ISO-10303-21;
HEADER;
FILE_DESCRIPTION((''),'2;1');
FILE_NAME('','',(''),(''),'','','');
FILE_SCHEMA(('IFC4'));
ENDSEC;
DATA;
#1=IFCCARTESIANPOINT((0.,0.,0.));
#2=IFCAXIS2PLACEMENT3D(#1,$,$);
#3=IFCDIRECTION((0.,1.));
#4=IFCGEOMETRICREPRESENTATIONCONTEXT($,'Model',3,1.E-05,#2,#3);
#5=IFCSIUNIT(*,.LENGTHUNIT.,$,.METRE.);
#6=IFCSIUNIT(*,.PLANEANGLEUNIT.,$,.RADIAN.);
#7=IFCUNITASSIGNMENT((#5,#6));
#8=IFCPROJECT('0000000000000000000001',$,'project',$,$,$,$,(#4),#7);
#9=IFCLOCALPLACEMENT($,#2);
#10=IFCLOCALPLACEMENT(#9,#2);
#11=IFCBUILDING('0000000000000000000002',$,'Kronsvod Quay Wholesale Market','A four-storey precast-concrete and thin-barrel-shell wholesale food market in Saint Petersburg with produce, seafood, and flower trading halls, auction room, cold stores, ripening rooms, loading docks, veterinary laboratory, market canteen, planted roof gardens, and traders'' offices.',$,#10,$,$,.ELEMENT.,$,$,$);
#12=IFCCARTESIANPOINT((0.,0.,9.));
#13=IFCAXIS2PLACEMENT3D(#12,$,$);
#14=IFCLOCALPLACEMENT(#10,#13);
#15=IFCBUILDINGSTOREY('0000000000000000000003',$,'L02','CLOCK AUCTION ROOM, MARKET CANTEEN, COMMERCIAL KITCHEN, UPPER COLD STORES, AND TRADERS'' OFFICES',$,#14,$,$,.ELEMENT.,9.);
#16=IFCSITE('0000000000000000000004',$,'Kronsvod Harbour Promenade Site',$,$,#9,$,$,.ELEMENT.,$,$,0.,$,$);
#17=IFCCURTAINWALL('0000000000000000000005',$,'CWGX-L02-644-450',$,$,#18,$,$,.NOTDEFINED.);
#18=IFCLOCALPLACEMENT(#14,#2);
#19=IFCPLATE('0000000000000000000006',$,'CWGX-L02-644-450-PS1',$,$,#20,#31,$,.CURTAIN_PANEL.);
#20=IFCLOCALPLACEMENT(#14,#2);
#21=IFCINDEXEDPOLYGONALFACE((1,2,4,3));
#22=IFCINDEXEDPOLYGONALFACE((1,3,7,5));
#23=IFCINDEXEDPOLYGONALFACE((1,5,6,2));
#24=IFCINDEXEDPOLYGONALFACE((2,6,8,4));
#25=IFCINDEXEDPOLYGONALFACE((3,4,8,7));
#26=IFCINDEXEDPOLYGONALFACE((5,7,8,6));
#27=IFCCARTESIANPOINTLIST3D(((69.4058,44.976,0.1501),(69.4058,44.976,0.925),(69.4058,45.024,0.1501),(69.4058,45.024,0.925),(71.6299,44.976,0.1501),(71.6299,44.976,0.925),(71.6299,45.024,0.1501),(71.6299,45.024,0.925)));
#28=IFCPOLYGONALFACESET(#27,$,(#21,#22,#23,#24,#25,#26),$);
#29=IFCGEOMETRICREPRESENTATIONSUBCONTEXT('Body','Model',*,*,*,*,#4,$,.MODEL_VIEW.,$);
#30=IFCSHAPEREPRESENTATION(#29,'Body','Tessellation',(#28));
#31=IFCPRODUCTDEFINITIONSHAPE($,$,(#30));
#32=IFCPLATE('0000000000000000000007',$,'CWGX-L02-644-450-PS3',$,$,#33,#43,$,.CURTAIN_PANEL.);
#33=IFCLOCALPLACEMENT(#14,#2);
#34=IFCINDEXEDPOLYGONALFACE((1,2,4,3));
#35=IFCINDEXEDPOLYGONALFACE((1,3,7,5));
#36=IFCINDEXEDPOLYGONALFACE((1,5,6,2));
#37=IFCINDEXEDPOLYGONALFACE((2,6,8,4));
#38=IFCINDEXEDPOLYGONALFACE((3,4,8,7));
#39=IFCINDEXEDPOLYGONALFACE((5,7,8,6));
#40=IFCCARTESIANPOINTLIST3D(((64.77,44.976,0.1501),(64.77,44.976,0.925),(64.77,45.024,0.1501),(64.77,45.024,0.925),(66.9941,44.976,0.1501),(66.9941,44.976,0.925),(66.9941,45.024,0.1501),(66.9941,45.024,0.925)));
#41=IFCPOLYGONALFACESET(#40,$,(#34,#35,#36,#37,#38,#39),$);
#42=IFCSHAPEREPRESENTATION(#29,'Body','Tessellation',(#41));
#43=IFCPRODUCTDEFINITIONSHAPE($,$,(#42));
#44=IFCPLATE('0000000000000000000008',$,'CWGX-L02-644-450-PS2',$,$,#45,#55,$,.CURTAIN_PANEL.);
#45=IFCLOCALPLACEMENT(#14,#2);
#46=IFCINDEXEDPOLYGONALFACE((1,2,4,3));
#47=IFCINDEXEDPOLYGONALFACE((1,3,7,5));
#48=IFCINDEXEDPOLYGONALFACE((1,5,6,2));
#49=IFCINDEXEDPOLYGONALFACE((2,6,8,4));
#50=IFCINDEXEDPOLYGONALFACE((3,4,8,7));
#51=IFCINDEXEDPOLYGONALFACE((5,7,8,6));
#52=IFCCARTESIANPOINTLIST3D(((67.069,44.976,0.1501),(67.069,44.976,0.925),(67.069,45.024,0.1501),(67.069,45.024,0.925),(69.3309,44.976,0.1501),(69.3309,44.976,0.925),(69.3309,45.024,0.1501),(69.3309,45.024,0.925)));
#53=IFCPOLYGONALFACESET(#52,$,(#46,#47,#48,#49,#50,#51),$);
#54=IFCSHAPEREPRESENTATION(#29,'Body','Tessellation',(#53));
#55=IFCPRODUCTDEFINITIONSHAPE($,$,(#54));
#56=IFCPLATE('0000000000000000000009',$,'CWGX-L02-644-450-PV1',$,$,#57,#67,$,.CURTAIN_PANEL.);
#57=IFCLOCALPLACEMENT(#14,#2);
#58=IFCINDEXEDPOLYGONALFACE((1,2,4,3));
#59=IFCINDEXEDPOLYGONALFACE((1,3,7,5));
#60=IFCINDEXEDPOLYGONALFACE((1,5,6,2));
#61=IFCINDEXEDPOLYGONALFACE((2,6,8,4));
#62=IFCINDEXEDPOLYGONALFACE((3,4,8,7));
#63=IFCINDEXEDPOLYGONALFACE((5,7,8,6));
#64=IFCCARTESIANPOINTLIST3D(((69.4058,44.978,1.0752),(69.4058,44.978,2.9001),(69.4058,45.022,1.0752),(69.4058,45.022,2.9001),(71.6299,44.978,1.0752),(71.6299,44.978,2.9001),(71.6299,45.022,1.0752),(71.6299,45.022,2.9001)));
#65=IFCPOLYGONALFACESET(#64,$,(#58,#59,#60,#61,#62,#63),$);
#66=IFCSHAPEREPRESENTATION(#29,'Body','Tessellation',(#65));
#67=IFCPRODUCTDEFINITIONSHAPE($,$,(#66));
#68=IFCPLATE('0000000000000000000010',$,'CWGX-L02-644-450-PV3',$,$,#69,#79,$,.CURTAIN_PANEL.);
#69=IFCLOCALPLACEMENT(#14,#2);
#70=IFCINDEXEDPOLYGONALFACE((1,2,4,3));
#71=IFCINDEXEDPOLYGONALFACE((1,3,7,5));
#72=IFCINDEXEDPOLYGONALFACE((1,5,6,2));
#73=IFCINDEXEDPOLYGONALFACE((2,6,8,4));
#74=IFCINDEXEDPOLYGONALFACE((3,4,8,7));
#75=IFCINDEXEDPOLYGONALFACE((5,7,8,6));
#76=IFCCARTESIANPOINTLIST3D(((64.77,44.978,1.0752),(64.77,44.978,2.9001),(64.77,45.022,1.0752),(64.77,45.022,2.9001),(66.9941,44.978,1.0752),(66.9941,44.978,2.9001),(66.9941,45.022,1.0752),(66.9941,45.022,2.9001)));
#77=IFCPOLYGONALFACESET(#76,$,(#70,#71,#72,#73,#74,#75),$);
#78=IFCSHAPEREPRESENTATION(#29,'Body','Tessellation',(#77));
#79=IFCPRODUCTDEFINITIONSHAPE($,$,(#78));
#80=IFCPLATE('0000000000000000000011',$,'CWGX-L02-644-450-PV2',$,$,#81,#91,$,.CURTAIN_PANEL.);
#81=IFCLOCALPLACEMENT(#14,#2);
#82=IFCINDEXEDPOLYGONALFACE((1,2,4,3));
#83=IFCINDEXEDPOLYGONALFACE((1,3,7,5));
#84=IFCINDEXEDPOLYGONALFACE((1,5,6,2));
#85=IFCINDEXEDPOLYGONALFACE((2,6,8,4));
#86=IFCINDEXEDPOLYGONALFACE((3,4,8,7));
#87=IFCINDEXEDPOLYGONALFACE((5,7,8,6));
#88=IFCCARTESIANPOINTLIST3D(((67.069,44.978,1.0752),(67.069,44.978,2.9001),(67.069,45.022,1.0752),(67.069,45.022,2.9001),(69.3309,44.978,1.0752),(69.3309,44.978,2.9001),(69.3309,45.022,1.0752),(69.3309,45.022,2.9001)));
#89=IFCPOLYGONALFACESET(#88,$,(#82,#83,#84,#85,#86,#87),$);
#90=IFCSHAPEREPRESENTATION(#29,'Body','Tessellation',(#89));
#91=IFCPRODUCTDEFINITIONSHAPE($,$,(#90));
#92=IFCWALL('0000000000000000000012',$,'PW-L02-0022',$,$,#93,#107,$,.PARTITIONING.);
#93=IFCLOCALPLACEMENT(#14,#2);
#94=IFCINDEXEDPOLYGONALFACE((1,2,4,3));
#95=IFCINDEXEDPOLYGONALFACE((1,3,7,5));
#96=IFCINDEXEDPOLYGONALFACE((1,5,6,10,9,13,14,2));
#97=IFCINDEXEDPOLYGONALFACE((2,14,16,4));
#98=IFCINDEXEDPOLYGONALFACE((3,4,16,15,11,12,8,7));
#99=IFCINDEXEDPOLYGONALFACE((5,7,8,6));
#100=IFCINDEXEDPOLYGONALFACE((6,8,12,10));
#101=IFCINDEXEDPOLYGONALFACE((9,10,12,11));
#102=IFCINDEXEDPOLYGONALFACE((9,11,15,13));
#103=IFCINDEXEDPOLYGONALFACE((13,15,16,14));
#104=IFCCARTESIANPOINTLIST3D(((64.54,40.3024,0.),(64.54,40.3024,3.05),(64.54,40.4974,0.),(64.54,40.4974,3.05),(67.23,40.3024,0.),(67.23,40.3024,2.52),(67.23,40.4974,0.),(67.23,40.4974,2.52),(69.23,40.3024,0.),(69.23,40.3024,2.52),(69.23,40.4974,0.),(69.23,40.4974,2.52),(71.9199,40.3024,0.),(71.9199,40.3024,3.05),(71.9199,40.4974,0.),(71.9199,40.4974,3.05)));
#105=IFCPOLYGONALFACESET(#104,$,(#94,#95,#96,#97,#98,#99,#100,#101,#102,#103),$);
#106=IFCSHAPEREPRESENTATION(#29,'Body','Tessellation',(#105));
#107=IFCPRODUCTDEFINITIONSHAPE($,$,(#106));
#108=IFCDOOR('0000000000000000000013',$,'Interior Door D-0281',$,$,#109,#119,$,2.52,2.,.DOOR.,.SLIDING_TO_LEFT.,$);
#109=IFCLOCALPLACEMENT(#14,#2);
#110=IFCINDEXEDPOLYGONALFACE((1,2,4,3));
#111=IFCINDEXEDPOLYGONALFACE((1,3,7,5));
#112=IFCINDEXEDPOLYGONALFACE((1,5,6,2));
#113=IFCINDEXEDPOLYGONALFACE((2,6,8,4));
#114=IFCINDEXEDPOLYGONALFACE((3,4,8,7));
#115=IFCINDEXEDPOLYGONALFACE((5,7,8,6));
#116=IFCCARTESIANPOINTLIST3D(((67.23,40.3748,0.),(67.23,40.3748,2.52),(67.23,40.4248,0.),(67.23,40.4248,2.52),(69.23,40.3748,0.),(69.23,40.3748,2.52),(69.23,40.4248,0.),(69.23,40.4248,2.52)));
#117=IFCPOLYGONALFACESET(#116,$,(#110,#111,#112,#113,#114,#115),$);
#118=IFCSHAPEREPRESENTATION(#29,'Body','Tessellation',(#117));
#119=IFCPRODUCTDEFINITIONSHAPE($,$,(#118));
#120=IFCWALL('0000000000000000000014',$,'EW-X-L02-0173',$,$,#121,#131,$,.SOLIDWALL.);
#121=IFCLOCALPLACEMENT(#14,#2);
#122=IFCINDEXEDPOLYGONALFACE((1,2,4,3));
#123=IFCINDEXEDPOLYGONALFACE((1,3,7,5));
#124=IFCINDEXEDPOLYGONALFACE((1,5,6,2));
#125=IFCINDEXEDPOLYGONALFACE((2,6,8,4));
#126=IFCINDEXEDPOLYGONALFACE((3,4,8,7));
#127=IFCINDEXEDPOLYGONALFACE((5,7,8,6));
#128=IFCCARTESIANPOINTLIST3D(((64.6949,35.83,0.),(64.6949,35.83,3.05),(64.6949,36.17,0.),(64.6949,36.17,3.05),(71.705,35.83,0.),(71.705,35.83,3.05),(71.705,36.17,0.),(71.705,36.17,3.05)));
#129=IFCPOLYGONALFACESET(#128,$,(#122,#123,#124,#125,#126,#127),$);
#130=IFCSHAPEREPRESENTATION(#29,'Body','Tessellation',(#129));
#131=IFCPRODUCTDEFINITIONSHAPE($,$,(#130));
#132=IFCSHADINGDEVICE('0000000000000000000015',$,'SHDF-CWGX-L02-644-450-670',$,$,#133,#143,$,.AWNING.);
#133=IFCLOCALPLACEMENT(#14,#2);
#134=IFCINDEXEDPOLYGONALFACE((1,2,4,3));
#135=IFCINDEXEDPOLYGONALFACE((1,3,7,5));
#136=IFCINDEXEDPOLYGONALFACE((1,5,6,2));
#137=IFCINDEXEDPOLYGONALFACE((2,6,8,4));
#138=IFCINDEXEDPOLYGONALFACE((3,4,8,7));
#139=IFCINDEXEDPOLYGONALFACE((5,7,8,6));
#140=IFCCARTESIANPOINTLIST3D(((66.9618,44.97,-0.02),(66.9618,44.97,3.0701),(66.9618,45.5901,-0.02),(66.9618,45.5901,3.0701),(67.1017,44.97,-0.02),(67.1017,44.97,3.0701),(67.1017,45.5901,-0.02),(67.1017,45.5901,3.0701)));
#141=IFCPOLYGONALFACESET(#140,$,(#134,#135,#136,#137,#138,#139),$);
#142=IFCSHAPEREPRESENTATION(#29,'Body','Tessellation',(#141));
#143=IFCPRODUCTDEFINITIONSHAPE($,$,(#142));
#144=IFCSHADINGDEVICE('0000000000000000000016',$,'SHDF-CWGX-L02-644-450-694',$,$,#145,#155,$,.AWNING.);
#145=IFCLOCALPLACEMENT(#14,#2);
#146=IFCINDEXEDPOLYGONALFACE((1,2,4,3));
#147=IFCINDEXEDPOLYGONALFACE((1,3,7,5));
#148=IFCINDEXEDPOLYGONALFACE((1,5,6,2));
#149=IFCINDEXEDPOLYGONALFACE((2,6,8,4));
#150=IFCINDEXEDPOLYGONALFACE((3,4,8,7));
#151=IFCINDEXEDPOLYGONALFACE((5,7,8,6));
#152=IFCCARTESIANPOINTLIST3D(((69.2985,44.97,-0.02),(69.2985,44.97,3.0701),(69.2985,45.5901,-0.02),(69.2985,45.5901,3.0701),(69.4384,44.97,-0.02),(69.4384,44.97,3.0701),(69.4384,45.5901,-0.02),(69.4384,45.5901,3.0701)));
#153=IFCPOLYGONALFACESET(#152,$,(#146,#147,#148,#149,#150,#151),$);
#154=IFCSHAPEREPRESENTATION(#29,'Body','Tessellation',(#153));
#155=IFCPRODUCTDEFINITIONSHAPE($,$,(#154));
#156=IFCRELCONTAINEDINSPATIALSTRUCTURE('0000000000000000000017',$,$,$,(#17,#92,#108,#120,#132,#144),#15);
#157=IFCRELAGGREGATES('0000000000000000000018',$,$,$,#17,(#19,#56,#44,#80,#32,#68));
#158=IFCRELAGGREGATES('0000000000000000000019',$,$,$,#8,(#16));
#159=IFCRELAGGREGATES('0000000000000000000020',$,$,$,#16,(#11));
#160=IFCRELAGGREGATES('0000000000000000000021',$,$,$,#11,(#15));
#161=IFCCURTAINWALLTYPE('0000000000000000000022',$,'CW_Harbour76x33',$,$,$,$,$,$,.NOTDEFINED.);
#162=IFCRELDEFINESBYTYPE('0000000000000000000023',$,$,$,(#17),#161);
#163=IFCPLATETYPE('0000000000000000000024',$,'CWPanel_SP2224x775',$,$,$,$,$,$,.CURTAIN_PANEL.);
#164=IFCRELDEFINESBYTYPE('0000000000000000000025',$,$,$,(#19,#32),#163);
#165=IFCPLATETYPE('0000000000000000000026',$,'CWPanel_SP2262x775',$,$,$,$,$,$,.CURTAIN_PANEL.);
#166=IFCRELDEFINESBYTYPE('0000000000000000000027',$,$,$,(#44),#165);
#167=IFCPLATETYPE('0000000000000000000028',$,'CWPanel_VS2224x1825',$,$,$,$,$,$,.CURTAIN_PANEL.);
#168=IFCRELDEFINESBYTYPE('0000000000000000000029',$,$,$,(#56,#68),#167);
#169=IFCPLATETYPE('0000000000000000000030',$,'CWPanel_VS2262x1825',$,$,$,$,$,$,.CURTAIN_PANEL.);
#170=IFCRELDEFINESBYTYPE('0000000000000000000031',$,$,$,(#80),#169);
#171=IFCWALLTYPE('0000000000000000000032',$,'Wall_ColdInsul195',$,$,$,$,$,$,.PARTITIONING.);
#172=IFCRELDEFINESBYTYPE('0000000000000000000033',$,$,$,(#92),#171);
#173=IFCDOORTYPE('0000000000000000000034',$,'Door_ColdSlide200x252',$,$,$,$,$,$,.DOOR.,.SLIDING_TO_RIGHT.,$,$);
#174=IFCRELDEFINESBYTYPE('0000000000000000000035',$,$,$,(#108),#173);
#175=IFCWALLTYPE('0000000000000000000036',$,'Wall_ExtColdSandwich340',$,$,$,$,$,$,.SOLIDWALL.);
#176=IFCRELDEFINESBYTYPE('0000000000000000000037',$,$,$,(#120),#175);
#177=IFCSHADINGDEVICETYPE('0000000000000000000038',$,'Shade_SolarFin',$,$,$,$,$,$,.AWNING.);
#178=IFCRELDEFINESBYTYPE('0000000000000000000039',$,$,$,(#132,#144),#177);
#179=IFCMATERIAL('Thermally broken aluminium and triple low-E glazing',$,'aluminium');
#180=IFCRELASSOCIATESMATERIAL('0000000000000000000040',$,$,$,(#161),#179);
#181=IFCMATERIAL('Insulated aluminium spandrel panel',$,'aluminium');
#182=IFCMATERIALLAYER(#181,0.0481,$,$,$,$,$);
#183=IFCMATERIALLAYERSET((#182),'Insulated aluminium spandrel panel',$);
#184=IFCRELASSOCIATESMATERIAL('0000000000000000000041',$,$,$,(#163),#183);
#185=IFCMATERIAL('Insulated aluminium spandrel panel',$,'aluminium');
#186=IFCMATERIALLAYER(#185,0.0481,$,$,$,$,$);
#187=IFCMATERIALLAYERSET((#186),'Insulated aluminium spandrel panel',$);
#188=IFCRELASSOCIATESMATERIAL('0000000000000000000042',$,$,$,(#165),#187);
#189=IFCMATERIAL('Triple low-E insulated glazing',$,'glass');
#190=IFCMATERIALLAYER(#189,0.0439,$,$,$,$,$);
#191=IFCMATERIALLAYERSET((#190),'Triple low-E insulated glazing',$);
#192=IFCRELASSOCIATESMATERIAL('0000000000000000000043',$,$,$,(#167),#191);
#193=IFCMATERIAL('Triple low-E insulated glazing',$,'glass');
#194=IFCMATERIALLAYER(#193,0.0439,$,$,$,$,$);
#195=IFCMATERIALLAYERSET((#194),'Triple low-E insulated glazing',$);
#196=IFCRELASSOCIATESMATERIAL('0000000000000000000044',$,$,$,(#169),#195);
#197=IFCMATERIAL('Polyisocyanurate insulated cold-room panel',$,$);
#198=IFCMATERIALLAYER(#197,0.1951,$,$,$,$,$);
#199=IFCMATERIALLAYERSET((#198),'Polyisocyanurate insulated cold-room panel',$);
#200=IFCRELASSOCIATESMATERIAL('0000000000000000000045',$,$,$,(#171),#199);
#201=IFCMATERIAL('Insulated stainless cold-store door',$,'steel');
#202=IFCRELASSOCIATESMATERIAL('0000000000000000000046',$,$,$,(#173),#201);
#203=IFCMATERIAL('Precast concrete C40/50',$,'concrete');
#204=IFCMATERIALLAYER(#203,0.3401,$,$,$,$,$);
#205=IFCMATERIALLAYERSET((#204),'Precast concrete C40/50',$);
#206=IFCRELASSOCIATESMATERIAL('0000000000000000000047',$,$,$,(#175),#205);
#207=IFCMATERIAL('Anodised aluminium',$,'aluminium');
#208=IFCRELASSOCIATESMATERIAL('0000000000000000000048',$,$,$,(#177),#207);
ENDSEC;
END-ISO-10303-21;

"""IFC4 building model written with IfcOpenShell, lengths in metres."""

from ifc_helpers import new_model, si_unit, direction, frame, frame_2d, origin, origin_2d, place, context, subcontext, project, spatial, rectangle, extrude, material, layer, layer_set, type_object, element, fill, aggregate, save


model = new_model("IFC4")

# Units and contexts
model_context = context("Model", 3, precision=1e-05, world=origin(), true_north=direction((0.0, 1.0)))
body_context = subcontext(model_context, "Body", "Model", "MODEL_VIEW")
ifc_project = project(units=[si_unit("LENGTHUNIT", "METRE"), si_unit("PLANEANGLEUNIT", "RADIAN")], contexts=[model_context])

# Site, building, storey
site_placement = place(None, origin())
site = spatial("IfcSite", under=ifc_project, at=site_placement, Name="Kronsvod Harbour Promenade Site", CompositionType="ELEMENT", RefElevation=0.0)
building_placement = place(site_placement, origin())
building = spatial("IfcBuilding", under=site, at=building_placement, Name="Kronsvod Quay Wholesale Market", Description="A four-storey precast-concrete and thin-barrel-shell wholesale food market in Saint Petersburg with produce, seafood, and flower trading halls, auction room, cold stores, ripening rooms, loading docks, veterinary laboratory, market canteen, planted roof gardens, and traders' offices.", CompositionType="ELEMENT")
storey_placement = place(building_placement, frame((0.0, 0.0, 9.0)))
storey = spatial("IfcBuildingStorey", under=building, at=storey_placement, Name="L02", Description="CLOCK AUCTION ROOM, MARKET CANTEEN, COMMERCIAL KITCHEN, UPPER COLD STORES, AND TRADERS' OFFICES", CompositionType="ELEMENT", Elevation=9.0)

# Curtain wall, plates
ifc_material_1 = material(Name="Thermally broken aluminium and triple low-E glazing", Category="aluminium")
curtain_wall_type = type_object("IfcCurtainWallType", Name="CW_Harbour76x33", PredefinedType="NOTDEFINED", material=ifc_material_1)
curtain_wall_placement = place(storey_placement, origin())
curtain_wall = element("IfcCurtainWall", 1, at=curtain_wall_placement, inside=storey, type_object=curtain_wall_type, Name="CWGX-L02-644-450", PredefinedType="NOTDEFINED")
ifc_material_2 = material(Name="Insulated aluminium spandrel panel", Category="aluminium")
ifc_layer_1 = layer(ifc_material_2, 0.0481)
ifc_layer_set_1 = layer_set([ifc_layer_1], Name="Insulated aluminium spandrel panel")
plate_type_1 = type_object("IfcPlateType", Name="CWPanel_SP2224x775", PredefinedType="CURTAIN_PANEL", material=ifc_layer_set_1)
plate_1_placement = place(storey_placement, frame((70.5178, 45.0, 0.1501), z_axis=(0.0, 0.0, 1.0), x_axis=(-1.0, 0.0, 0.0)))
plate_1 = element("IfcPlate", 2, at=plate_1_placement, type_object=plate_type_1, Name="CWGX-L02-644-450-PS1", PredefinedType="CURTAIN_PANEL", context=body_context, shape_type="SweptSolid", body=[
    extrude(rectangle(XDim=2.2241, YDim=0.0481, at=origin_2d()), origin(), (0.0, 0.0, 1.0), 0.7749),
])
plate_2_placement = place(storey_placement, frame((65.8821, 45.0, 0.1501), z_axis=(0.0, 0.0, 1.0), x_axis=(-1.0, 0.0, 0.0)))
plate_2 = element("IfcPlate", 3, at=plate_2_placement, type_object=plate_type_1, Name="CWGX-L02-644-450-PS3", PredefinedType="CURTAIN_PANEL", context=body_context, shape_type="SweptSolid", body=[
    extrude(rectangle(XDim=2.2241, YDim=0.0481, at=origin_2d()), origin(), (0.0, 0.0, 1.0), 0.7749),
])
ifc_material_3 = material(Name="Insulated aluminium spandrel panel", Category="aluminium")
ifc_layer_2 = layer(ifc_material_3, 0.0481)
ifc_layer_set_2 = layer_set([ifc_layer_2], Name="Insulated aluminium spandrel panel")
plate_type_2 = type_object("IfcPlateType", Name="CWPanel_SP2262x775", PredefinedType="CURTAIN_PANEL", material=ifc_layer_set_2)
plate_3_placement = place(storey_placement, frame((68.2, 45.0, 0.1501), z_axis=(0.0, 0.0, 1.0), x_axis=(-1.0, 0.0, 0.0)))
plate_3 = element("IfcPlate", 4, at=plate_3_placement, type_object=plate_type_2, Name="CWGX-L02-644-450-PS2", PredefinedType="CURTAIN_PANEL", context=body_context, shape_type="SweptSolid", body=[
    extrude(rectangle(XDim=2.262, YDim=0.0481, at=origin_2d()), origin(), (0.0, 0.0, 1.0), 0.7749),
])
ifc_material_4 = material(Name="Triple low-E insulated glazing", Category="glass")
ifc_layer_3 = layer(ifc_material_4, 0.0439)
ifc_layer_set_3 = layer_set([ifc_layer_3], Name="Triple low-E insulated glazing")
plate_type_3 = type_object("IfcPlateType", Name="CWPanel_VS2224x1825", PredefinedType="CURTAIN_PANEL", material=ifc_layer_set_3)
plate_4_placement = place(storey_placement, frame((70.5178, 45.0, 1.0752), z_axis=(0.0, 0.0, 1.0), x_axis=(-1.0, 0.0, 0.0)))
plate_4 = element("IfcPlate", 5, at=plate_4_placement, type_object=plate_type_3, Name="CWGX-L02-644-450-PV1", PredefinedType="CURTAIN_PANEL", context=body_context, shape_type="SweptSolid", body=[
    extrude(rectangle(XDim=2.2241, YDim=0.0439, at=origin_2d()), origin(), (0.0, 0.0, 1.0), 1.825),
])
plate_5_placement = place(storey_placement, frame((65.8821, 45.0, 1.0752), z_axis=(0.0, 0.0, 1.0), x_axis=(-1.0, 0.0, 0.0)))
plate_5 = element("IfcPlate", 6, at=plate_5_placement, type_object=plate_type_3, Name="CWGX-L02-644-450-PV3", PredefinedType="CURTAIN_PANEL", context=body_context, shape_type="SweptSolid", body=[
    extrude(rectangle(XDim=2.2241, YDim=0.0439, at=origin_2d()), origin(), (0.0, 0.0, 1.0), 1.825),
])
ifc_material_5 = material(Name="Triple low-E insulated glazing", Category="glass")
ifc_layer_4 = layer(ifc_material_5, 0.0439)
ifc_layer_set_4 = layer_set([ifc_layer_4], Name="Triple low-E insulated glazing")
plate_type_4 = type_object("IfcPlateType", Name="CWPanel_VS2262x1825", PredefinedType="CURTAIN_PANEL", material=ifc_layer_set_4)
plate_6_placement = place(storey_placement, frame((68.2, 45.0, 1.0752), z_axis=(0.0, 0.0, 1.0), x_axis=(-1.0, 0.0, 0.0)))
plate_6 = element("IfcPlate", 7, at=plate_6_placement, type_object=plate_type_4, Name="CWGX-L02-644-450-PV2", PredefinedType="CURTAIN_PANEL", context=body_context, shape_type="SweptSolid", body=[
    extrude(rectangle(XDim=2.262, YDim=0.0439, at=origin_2d()), origin(), (0.0, 0.0, 1.0), 1.825),
])
aggregate(curtain_wall, [plate_1, plate_4, plate_3, plate_6, plate_2, plate_5])

# Wall, opening, door
ifc_material_6 = material(Name="Polyisocyanurate insulated cold-room panel")
ifc_layer_5 = layer(ifc_material_6, 0.1951)
ifc_layer_set_5 = layer_set([ifc_layer_5], Name="Polyisocyanurate insulated cold-room panel")
wall_type_1 = type_object("IfcWallType", Name="Wall_ColdInsul195", PredefinedType="PARTITIONING", material=ifc_layer_set_5)
wall_1_placement = place(storey_placement, frame((64.54, 40.3999, 0.0), z_axis=(0.0, 0.0, 1.0), x_axis=(1.0, 0.0, 0.0)))
wall_1 = element("IfcWall", 8, at=wall_1_placement, inside=storey, type_object=wall_type_1, Name="PW-L02-0022", PredefinedType="PARTITIONING", context=body_context, shape_type="SweptSolid", body=[
    extrude(rectangle(XDim=7.3799, YDim=0.1951, at=frame_2d((3.6899, 0.0))), origin(), (0.0, 0.0, 1.0), 3.05),
])
opening_placement = place(wall_1_placement, frame((2.6899, 0.0, 0.0)))
opening = element("IfcOpeningElement", 9, at=opening_placement, cuts=wall_1, PredefinedType="OPENING", context=body_context, shape_type="SweptSolid", body=[
    extrude(rectangle(XDim=2.0, YDim=2.52, at=frame_2d((1.0, 1.26))), frame((0.0, 0.1074, 0.0), z_axis=(0.0, -1.0, 0.0), x_axis=(1.0, 0.0, 0.0)), (0.0, 0.0, 1.0), 0.2151),
])
ifc_material_7 = material(Name="Insulated stainless cold-store door", Category="steel")
door_type = type_object("IfcDoorType", Name="Door_ColdSlide200x252", OperationType="SLIDING_TO_RIGHT", PredefinedType="DOOR", material=ifc_material_7)
door_placement = place(opening_placement, origin())
door = element("IfcDoor", 10, at=door_placement, inside=storey, type_object=door_type, Name="Interior Door D-0281", OperationType="SLIDING_TO_LEFT", OverallHeight=2.52, OverallWidth=2.0, PredefinedType="DOOR", context=body_context, shape_type="SweptSolid", body=[
    extrude(rectangle(XDim=2.0, YDim=2.52, at=frame_2d((1.0, 1.26))), frame((0.0, 0.0249, 0.0), z_axis=(0.0, -1.0, 0.0), x_axis=(1.0, 0.0, 0.0)), (0.0, 0.0, 1.0), 0.05),
])
fill(opening, door)

# Wall
ifc_material_8 = material(Name="Precast concrete C40/50", Category="concrete")
ifc_layer_6 = layer(ifc_material_8, 0.3401)
ifc_layer_set_6 = layer_set([ifc_layer_6], Name="Precast concrete C40/50")
wall_type_2 = type_object("IfcWallType", Name="Wall_ExtColdSandwich340", PredefinedType="SOLIDWALL", material=ifc_layer_set_6)
wall_2_placement = place(storey_placement, frame((64.6951, 36.0, 0.0), z_axis=(0.0, 0.0, 1.0), x_axis=(1.0, 0.0, 0.0)))
element("IfcWall", 11, at=wall_2_placement, inside=storey, type_object=wall_type_2, Name="EW-X-L02-0173", PredefinedType="SOLIDWALL", context=body_context, shape_type="SweptSolid", body=[
    extrude(rectangle(XDim=7.01, YDim=0.3401, at=frame_2d((3.5049, 0.0))), origin(), (0.0, 0.0, 1.0), 3.05),
])

# Shading devices
ifc_material_9 = material(Name="Anodised aluminium", Category="aluminium")
shading_device_type = type_object("IfcShadingDeviceType", Name="Shade_SolarFin", PredefinedType="AWNING", material=ifc_material_9)
for number, where, z_axis, x_axis, name in (
    (12, (67.0317, 45.28, -0.02), (0.0, 0.0, 1.0), (1.0, 0.0, 0.0), "SHDF-CWGX-L02-644-450-670"),
    (13, (69.3684, 45.28, -0.02), (0.0, 0.0, 1.0), (1.0, 0.0, 0.0), "SHDF-CWGX-L02-644-450-694"),
):
    element("IfcShadingDevice", number, at=place(storey_placement, frame(where, z_axis=z_axis, x_axis=x_axis)), inside=storey, type_object=shading_device_type, Name=name, PredefinedType="AWNING", context=body_context, shape_type="SweptSolid", body=[
        extrude(rectangle(XDim=0.1399, YDim=0.6201, at=origin_2d()), origin(), (0.0, 0.0, 1.0), 3.0901),
    ])

save(model, "model.ifc")
